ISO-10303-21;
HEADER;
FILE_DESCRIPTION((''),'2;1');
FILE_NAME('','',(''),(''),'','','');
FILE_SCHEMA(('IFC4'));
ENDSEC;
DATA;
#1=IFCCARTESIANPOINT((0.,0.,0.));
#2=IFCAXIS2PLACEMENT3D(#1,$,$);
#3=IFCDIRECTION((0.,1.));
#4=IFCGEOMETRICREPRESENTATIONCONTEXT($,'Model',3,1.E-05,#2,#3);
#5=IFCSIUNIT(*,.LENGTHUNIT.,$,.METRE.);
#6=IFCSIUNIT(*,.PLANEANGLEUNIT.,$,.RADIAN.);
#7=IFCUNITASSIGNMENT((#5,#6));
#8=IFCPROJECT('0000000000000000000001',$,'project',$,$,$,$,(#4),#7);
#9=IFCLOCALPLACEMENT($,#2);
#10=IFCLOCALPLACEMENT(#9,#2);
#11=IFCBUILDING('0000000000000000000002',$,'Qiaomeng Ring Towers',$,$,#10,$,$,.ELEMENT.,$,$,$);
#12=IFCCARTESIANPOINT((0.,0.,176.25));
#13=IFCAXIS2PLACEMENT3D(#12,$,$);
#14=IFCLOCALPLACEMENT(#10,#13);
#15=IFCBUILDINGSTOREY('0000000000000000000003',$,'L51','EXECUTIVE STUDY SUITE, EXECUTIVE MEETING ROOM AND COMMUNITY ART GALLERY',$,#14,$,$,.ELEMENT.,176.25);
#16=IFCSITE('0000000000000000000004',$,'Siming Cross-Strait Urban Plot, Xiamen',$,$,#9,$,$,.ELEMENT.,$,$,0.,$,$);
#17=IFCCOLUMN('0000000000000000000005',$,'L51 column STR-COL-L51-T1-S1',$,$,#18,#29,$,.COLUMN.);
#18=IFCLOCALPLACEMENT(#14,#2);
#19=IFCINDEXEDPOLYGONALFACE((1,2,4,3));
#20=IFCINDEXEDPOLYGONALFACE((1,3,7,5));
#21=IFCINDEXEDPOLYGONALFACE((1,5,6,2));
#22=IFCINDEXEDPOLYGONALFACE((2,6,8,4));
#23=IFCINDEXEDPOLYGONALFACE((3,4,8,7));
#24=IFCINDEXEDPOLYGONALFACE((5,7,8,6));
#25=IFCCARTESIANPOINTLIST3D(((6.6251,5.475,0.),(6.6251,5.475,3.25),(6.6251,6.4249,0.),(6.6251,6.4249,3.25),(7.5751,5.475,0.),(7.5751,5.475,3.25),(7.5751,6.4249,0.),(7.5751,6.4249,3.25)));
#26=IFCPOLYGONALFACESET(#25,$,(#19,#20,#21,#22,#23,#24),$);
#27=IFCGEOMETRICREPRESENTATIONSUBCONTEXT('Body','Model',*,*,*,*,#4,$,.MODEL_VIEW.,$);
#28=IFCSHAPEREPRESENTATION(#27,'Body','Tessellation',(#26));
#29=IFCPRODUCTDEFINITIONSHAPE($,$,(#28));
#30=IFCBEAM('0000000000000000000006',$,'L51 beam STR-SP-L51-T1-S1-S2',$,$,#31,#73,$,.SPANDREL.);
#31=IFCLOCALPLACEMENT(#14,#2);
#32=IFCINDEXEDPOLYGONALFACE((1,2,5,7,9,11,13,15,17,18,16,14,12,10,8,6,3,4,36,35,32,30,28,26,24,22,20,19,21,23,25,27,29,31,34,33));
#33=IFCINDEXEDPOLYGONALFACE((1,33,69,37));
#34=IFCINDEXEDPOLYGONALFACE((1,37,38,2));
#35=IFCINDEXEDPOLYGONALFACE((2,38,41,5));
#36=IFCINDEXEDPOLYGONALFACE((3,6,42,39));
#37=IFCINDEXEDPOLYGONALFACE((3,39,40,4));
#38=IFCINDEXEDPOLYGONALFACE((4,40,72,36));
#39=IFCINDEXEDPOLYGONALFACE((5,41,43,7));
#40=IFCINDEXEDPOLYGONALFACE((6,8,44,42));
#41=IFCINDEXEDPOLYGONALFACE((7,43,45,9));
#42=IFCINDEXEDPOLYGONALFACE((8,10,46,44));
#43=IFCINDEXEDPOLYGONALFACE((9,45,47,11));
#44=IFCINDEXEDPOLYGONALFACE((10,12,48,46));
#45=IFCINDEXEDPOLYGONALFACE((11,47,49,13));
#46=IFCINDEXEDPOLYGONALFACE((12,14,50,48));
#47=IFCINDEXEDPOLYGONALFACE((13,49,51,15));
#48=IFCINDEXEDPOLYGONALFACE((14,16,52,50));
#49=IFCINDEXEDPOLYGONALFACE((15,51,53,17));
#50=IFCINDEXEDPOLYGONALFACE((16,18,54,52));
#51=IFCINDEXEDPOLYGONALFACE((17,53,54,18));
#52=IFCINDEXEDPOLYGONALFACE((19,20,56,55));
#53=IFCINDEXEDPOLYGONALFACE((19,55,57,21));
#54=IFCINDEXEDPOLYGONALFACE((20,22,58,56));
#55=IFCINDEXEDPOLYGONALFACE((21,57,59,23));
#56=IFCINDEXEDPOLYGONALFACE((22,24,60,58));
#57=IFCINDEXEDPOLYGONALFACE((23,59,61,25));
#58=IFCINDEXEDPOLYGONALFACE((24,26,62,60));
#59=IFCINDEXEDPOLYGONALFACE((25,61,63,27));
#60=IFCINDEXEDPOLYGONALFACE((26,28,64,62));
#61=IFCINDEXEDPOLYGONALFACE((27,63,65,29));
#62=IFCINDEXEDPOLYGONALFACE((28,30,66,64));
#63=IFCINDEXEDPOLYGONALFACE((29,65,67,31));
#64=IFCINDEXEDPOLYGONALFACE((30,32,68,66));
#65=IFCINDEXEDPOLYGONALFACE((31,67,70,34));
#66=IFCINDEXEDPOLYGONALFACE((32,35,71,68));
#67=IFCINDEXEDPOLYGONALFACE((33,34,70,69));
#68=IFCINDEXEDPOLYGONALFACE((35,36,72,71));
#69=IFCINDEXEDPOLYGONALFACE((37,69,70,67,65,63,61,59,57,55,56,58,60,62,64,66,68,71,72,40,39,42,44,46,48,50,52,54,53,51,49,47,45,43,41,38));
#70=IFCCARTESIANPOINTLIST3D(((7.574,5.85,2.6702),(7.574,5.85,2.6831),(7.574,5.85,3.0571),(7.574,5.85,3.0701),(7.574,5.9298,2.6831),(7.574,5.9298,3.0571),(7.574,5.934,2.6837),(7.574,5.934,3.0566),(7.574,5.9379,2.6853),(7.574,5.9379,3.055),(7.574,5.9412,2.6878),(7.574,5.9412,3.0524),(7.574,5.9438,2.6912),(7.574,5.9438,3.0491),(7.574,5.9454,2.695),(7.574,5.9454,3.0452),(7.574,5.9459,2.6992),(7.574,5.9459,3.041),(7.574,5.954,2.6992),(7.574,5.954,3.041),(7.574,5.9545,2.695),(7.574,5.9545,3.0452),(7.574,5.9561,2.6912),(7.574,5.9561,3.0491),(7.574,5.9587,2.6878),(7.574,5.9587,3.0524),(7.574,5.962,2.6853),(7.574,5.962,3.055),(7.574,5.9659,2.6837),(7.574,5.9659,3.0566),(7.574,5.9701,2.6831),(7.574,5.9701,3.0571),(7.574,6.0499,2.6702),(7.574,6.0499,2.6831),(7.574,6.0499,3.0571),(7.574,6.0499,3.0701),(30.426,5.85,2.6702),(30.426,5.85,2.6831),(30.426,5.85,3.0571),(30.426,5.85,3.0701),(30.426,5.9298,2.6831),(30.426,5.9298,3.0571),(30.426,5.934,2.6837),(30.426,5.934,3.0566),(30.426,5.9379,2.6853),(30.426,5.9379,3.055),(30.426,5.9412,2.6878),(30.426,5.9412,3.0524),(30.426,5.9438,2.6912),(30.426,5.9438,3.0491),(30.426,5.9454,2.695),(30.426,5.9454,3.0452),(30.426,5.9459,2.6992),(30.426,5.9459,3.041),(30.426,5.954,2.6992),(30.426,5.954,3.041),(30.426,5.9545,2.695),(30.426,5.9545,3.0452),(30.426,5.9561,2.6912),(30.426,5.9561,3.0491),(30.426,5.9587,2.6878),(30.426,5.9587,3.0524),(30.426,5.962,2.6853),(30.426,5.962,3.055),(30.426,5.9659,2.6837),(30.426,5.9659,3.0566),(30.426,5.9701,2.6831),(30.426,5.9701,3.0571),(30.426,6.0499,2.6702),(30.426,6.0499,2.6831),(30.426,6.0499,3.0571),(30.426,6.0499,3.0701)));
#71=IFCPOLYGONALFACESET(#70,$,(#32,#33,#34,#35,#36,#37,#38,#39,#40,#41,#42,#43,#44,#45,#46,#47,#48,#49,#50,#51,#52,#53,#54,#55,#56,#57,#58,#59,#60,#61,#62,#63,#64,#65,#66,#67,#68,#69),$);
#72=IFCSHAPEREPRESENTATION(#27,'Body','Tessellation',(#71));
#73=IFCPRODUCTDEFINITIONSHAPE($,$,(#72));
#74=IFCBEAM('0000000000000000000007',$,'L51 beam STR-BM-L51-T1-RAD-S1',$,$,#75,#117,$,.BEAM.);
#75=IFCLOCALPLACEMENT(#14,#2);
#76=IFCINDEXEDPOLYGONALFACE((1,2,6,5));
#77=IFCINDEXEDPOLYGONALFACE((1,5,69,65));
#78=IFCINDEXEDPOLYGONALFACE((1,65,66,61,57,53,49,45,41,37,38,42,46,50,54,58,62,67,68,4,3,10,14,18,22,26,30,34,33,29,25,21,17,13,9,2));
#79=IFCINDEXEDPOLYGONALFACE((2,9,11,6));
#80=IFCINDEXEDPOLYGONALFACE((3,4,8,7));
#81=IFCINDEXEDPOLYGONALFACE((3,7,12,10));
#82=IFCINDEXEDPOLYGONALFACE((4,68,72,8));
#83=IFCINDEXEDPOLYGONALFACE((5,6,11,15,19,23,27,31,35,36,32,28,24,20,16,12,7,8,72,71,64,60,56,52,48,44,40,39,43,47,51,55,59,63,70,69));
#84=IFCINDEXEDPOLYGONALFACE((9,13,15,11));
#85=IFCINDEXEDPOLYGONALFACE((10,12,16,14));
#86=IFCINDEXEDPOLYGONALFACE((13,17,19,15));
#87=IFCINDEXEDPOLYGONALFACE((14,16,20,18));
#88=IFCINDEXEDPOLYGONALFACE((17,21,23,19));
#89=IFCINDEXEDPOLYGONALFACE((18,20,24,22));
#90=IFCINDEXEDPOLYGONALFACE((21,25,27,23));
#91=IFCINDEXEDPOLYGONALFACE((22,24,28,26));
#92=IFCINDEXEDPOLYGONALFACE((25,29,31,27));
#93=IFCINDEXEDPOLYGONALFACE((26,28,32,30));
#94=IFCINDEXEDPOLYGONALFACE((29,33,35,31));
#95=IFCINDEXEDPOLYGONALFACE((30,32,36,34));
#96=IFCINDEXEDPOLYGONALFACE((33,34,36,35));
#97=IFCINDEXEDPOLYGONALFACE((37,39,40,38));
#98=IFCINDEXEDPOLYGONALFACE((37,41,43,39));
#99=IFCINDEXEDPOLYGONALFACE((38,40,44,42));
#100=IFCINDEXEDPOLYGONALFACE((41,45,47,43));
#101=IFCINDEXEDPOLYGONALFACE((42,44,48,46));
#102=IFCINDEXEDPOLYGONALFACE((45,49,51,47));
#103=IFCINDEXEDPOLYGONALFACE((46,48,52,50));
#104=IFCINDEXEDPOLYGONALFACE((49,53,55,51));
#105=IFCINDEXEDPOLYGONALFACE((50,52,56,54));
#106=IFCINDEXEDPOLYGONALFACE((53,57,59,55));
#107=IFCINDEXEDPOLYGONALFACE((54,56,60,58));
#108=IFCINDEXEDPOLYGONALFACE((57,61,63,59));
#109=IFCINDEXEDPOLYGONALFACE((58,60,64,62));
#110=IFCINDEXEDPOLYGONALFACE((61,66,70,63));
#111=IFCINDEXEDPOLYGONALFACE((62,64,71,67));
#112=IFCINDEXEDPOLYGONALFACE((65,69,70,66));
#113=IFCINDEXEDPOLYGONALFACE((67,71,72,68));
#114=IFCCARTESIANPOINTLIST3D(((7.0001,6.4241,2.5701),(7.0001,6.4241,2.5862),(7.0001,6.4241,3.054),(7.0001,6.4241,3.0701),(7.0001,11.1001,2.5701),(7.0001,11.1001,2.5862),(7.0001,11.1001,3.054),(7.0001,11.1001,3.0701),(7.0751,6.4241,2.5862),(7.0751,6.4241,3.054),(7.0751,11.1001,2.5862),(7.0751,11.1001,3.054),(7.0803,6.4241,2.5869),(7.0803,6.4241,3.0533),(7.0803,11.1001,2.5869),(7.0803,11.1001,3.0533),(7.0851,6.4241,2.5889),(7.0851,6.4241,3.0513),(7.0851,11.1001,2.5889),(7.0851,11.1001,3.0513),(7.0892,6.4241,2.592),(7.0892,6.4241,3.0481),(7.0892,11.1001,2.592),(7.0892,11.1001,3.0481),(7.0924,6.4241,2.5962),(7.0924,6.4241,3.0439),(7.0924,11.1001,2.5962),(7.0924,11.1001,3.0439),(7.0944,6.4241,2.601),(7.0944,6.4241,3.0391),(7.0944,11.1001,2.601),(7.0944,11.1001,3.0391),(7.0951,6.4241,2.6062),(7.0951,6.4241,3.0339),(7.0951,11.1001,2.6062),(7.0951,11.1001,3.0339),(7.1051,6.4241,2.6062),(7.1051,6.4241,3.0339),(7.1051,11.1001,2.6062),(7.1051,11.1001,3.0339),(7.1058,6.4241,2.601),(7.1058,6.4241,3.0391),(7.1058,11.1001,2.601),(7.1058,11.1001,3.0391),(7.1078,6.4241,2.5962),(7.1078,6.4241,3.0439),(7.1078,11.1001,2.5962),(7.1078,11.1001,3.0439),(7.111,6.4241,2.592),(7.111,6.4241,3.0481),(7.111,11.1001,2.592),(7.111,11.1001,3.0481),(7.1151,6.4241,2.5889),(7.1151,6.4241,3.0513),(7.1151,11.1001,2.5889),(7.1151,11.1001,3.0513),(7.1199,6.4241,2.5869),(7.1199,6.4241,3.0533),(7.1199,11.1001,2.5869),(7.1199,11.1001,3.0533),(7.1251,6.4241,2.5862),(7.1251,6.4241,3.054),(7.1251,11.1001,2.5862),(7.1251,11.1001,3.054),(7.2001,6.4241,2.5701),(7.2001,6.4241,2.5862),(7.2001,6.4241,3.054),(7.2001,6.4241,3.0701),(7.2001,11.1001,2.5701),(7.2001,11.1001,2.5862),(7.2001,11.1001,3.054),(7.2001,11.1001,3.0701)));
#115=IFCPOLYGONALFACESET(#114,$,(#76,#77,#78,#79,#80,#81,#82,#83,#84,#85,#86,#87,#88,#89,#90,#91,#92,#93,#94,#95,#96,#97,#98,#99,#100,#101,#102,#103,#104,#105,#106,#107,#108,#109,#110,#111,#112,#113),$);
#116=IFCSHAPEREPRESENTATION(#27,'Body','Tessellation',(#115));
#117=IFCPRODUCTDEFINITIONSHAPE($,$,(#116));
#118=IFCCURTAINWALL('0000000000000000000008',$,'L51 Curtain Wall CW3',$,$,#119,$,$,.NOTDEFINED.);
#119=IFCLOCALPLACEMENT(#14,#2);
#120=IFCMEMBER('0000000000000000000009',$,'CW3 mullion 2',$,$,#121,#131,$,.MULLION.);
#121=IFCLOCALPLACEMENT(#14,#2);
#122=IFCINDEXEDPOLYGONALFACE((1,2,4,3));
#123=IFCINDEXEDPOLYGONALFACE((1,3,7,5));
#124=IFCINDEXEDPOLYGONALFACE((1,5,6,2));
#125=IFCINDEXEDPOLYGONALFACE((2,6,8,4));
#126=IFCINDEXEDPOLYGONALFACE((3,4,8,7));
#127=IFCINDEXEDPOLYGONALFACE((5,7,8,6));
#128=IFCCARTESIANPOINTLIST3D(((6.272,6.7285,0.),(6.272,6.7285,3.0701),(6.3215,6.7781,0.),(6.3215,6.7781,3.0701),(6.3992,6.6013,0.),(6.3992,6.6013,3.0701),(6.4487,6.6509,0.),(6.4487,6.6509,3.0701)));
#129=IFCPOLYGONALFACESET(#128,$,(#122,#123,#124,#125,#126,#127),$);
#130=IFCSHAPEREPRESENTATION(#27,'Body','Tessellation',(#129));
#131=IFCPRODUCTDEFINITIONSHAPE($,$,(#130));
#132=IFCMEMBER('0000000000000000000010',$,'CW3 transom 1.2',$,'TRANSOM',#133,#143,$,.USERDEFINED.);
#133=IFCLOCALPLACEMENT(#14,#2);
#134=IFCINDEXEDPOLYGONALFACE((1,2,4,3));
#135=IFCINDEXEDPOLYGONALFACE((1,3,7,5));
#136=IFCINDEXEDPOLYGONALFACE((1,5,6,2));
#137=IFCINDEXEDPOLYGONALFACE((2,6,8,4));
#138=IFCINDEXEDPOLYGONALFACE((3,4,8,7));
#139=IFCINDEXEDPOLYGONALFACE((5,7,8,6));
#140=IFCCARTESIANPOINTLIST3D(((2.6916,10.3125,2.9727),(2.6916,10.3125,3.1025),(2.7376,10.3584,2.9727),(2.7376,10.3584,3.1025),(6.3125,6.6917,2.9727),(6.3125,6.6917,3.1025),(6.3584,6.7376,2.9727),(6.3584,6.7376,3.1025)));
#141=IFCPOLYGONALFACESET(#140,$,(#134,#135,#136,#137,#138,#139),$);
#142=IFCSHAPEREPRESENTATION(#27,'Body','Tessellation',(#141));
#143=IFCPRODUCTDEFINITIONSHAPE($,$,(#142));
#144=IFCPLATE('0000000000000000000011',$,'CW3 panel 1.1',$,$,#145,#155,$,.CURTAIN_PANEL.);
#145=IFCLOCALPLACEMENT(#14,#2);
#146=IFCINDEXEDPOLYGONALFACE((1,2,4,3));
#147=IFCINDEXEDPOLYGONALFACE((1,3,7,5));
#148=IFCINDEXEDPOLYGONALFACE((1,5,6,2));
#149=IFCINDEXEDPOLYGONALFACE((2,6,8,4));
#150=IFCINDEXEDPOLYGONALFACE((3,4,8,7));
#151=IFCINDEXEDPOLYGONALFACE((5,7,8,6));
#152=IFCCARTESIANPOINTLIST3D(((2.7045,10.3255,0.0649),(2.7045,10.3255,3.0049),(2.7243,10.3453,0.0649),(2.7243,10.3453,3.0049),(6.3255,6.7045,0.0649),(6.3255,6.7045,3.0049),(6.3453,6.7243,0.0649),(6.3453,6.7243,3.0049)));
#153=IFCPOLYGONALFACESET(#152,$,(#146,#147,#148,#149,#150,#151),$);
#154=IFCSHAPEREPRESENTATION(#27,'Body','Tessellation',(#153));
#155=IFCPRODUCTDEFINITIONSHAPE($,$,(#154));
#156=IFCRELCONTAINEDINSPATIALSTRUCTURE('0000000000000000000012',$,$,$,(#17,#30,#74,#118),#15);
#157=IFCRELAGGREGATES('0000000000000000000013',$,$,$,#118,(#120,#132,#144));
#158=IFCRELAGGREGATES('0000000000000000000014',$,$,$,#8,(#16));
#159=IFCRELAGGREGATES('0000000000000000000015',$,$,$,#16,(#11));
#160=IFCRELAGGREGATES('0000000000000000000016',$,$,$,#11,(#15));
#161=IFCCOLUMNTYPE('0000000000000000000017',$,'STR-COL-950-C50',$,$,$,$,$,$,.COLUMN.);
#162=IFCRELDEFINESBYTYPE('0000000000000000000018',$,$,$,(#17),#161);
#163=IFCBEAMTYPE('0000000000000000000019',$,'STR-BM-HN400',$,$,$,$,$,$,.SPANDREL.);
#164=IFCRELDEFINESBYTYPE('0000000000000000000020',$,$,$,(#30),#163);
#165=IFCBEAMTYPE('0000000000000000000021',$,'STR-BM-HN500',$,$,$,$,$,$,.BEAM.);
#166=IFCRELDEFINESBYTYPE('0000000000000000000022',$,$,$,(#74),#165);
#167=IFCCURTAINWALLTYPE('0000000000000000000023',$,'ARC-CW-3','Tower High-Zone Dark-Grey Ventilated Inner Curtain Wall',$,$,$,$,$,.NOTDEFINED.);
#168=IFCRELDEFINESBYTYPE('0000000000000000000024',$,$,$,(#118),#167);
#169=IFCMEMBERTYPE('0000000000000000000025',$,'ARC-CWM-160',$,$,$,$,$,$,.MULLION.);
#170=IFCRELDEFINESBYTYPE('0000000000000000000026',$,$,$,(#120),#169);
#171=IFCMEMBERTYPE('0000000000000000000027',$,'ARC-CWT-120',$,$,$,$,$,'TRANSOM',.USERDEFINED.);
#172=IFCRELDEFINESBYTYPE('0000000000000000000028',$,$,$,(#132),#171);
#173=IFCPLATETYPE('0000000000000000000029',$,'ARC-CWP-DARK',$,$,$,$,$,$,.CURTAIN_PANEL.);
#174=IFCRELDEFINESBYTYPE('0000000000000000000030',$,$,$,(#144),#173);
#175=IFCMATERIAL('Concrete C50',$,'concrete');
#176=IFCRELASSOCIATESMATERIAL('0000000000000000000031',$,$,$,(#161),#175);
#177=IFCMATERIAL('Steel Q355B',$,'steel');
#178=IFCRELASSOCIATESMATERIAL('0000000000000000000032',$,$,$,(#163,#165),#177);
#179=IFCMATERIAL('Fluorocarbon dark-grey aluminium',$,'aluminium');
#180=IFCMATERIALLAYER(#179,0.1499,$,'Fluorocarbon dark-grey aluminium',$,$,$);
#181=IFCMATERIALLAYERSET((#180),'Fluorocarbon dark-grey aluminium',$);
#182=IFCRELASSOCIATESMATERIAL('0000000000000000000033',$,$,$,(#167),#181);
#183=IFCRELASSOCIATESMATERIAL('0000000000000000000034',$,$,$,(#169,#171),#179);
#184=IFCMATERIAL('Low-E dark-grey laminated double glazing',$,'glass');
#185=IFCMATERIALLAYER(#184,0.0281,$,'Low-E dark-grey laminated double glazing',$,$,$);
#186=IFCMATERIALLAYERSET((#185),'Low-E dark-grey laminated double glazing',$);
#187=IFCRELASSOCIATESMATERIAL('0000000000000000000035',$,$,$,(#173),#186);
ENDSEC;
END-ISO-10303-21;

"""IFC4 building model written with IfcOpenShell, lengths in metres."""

from ifc_helpers import new_model, si_unit, direction, frame, origin, origin_2d, place, context, subcontext, project, spatial, rectangle, i_section, extrude, source, transform, mapped, material, layer, layer_set, material_profile, profile_set, type_object, element, aggregate, save


model = new_model("IFC4")

# Units and contexts
model_context = context("Model", 3, precision=1e-05, world=origin(), true_north=direction((0.0, 1.0)))
body_context = subcontext(model_context, "Body", "Model", "MODEL_VIEW")
ifc_project = project(units=[si_unit("LENGTHUNIT", "METRE"), si_unit("PLANEANGLEUNIT", "RADIAN")], contexts=[model_context])

# Site, building, storey
site_placement = place(None, origin())
site = spatial("IfcSite", under=ifc_project, at=site_placement, Name="Siming Cross-Strait Urban Plot, Xiamen", CompositionType="ELEMENT", RefElevation=0.0)
building_placement = place(site_placement, origin())
building = spatial("IfcBuilding", under=site, at=building_placement, Name="Qiaomeng Ring Towers", CompositionType="ELEMENT")
storey_placement = place(building_placement, frame((0.0, 0.0, 176.25)))
storey = spatial("IfcBuildingStorey", under=building, at=storey_placement, Name="L51", Description="EXECUTIVE STUDY SUITE, EXECUTIVE MEETING ROOM AND COMMUNITY ART GALLERY", CompositionType="ELEMENT", Elevation=176.25)

# Column
ifc_material_1 = material(Name="Concrete C50", Category="concrete")
ifc_material_profile_1 = material_profile(ifc_material_1, rectangle(XDim=0.95, YDim=0.95, at=origin_2d()), Name="RC COL 950x950")
ifc_profile_set_1 = profile_set([ifc_material_profile_1], Name="Concrete C50")
column_type = type_object("IfcColumnType", Name="STR-COL-950-C50", PredefinedType="COLUMN", material=ifc_profile_set_1)
shared_shape_1 = source(origin(), body_context, "Body", "SweptSolid", [
    extrude(rectangle(XDim=0.95, YDim=0.95, at=origin_2d()), origin(), (0.0, 0.0, 1.0), 3.25),
])
column_placement = place(storey_placement, frame((7.1001, 5.95, 0.0), z_axis=(0.0, 0.0, 1.0), x_axis=(1.0, 0.0, 0.0)))
element("IfcColumn", 1, at=column_placement, inside=storey, type_object=column_type, Name="L51 column STR-COL-L51-T1-S1", PredefinedType="COLUMN", context=body_context, shape_type="MappedRepresentation", body=[
    mapped(shared_shape_1, transform((0.0, 0.0, 0.0), x_axis=(1.0, 0.0, 0.0), y_axis=(0.0, 1.0, 0.0), z_axis=(0.0, 0.0, 1.0), scale=1.0)),
])

# Beams
ifc_material_2 = material(Name="Steel Q355B", Category="steel")
ifc_material_profile_2 = material_profile(ifc_material_2, i_section(OverallWidth=0.2, OverallDepth=0.3999, WebThickness=0.0081, FlangeThickness=0.0129, FilletRadius=0.0161, at=origin_2d()), Name="HN 400x200x8x13")
ifc_profile_set_2 = profile_set([ifc_material_profile_2], Name="Steel Q355B")
beam_type_1 = type_object("IfcBeamType", Name="STR-BM-HN400", PredefinedType="SPANDREL", material=ifc_profile_set_2)
shared_shape_2 = source(origin(), body_context, "Body", "SweptSolid", [
    extrude(i_section(OverallWidth=0.2, OverallDepth=0.3999, WebThickness=0.0081, FlangeThickness=0.0129, FilletRadius=0.0161, at=origin_2d()), origin(), (0.0, 0.0, 1.0), 22.8521),
])
beam_1_placement = place(storey_placement, frame((7.574, 5.95, 2.8701), z_axis=(1.0, 0.0, 0.0), x_axis=(0.0, 1.0, 0.0)))
element("IfcBeam", 2, at=beam_1_placement, inside=storey, type_object=beam_type_1, Name="L51 beam STR-SP-L51-T1-S1-S2", PredefinedType="SPANDREL", context=body_context, shape_type="MappedRepresentation", body=[
    mapped(shared_shape_2, transform((0.0, 0.0, 0.0), x_axis=(1.0, 0.0, 0.0), y_axis=(0.0, 1.0, 0.0), z_axis=(0.0, 0.0, 1.0), scale=1.0)),
])
ifc_material_profile_3 = material_profile(ifc_material_2, i_section(OverallWidth=0.2, OverallDepth=0.5, WebThickness=0.01, FlangeThickness=0.0161, FilletRadius=0.02, at=origin_2d()), Name="HN 500x200x10x16")
ifc_profile_set_3 = profile_set([ifc_material_profile_3], Name="Steel Q355B")
beam_type_2 = type_object("IfcBeamType", Name="STR-BM-HN500", PredefinedType="BEAM", material=ifc_profile_set_3)
shared_shape_3 = source(origin(), body_context, "Body", "SweptSolid", [
    extrude(i_section(OverallWidth=0.2, OverallDepth=0.5, WebThickness=0.01, FlangeThickness=0.0161, FilletRadius=0.02, at=origin_2d()), origin(), (0.0, 0.0, 1.0), 4.676),
])
beam_2_placement = place(storey_placement, frame((7.1001, 6.4241, 2.8201), z_axis=(0.0, 1.0, 0.0), x_axis=(-1.0, 0.0, 0.0)))
element("IfcBeam", 3, at=beam_2_placement, inside=storey, type_object=beam_type_2, Name="L51 beam STR-BM-L51-T1-RAD-S1", PredefinedType="BEAM", context=body_context, shape_type="MappedRepresentation", body=[
    mapped(shared_shape_3, transform((0.0, 0.0, 0.0), x_axis=(1.0, 0.0, 0.0), y_axis=(0.0, 1.0, 0.0), z_axis=(0.0, 0.0, 1.0), scale=1.0)),
])

# Curtain wall, members, plate
ifc_material_3 = material(Name="Fluorocarbon dark-grey aluminium", Category="aluminium")
ifc_layer_1 = layer(ifc_material_3, 0.1499, Name="Fluorocarbon dark-grey aluminium")
ifc_layer_set_1 = layer_set([ifc_layer_1], Name="Fluorocarbon dark-grey aluminium")
curtain_wall_type = type_object("IfcCurtainWallType", Name="ARC-CW-3", Description="Tower High-Zone Dark-Grey Ventilated Inner Curtain Wall", PredefinedType="NOTDEFINED", material=ifc_layer_set_1)
curtain_wall_placement = place(storey_placement, origin())
curtain_wall = element("IfcCurtainWall", 4, at=curtain_wall_placement, inside=storey, type_object=curtain_wall_type, Name="L51 Curtain Wall CW3", PredefinedType="NOTDEFINED")
ifc_material_profile_4 = material_profile(ifc_material_3, rectangle(XDim=0.0701, YDim=0.1799, at=origin_2d()), Name="ALU MULL 70x180")
ifc_profile_set_4 = profile_set([ifc_material_profile_4], Name="Fluorocarbon dark-grey aluminium")
member_type_1 = type_object("IfcMemberType", Name="ARC-CWM-160", PredefinedType="MULLION", material=ifc_profile_set_4)
shared_shape_4 = source(origin(), body_context, "Body", "SweptSolid", [
    extrude(rectangle(XDim=0.0701, YDim=0.1799, at=origin_2d()), origin(), (0.0, 0.0, 1.0), 3.0701),
])
member_1_placement = place(storey_placement, frame((6.3604, 6.6897, 0.0), z_axis=(0.0, 0.0, 1.0), x_axis=(0.707107, 0.707107, 0.0)))
member_1 = element("IfcMember", 5, at=member_1_placement, type_object=member_type_1, Name="CW3 mullion 2", PredefinedType="MULLION", context=body_context, shape_type="MappedRepresentation", body=[
    mapped(shared_shape_4, transform((0.0, 0.0, 0.0), x_axis=(1.0, 0.0, 0.0), y_axis=(0.0, 1.0, 0.0), z_axis=(0.0, 0.0, 1.0), scale=1.0)),
])
ifc_material_profile_5 = material_profile(ifc_material_3, rectangle(XDim=0.0649, YDim=0.1299, at=origin_2d()), Name="ALU TRAN 65x130")
ifc_profile_set_5 = profile_set([ifc_material_profile_5], Name="Fluorocarbon dark-grey aluminium")
member_type_2 = type_object("IfcMemberType", Name="ARC-CWT-120", ElementType="TRANSOM", PredefinedType="USERDEFINED", material=ifc_profile_set_5)
shared_shape_5 = source(origin(), body_context, "Body", "SweptSolid", [
    extrude(rectangle(XDim=0.0649, YDim=0.1299, at=origin_2d()), origin(), (0.0, 0.0, 1.0), 5.1206),
])
member_2_placement = place(storey_placement, frame((2.7146, 10.3354, 3.0376), z_axis=(0.707107, -0.707107, 0.0), x_axis=(0.707107, 0.707107, 0.0)))
member_2 = element("IfcMember", 6, at=member_2_placement, type_object=member_type_2, Name="CW3 transom 1.2", ObjectType="TRANSOM", PredefinedType="USERDEFINED", context=body_context, shape_type="MappedRepresentation", body=[
    mapped(shared_shape_5, transform((0.0, 0.0, 0.0), x_axis=(1.0, 0.0, 0.0), y_axis=(0.0, 1.0, 0.0), z_axis=(0.0, 0.0, 1.0), scale=1.0)),
])
ifc_material_4 = material(Name="Low-E dark-grey laminated double glazing", Category="glass")
ifc_layer_2 = layer(ifc_material_4, 0.0281, Name="Low-E dark-grey laminated double glazing")
ifc_layer_set_2 = layer_set([ifc_layer_2], Name="Low-E dark-grey laminated double glazing")
plate_type = type_object("IfcPlateType", Name="ARC-CWP-DARK", PredefinedType="CURTAIN_PANEL", material=ifc_layer_set_2)
shared_shape_6 = source(origin(), body_context, "Body", "SweptSolid", [
    extrude(rectangle(XDim=5.1208, YDim=0.0281, at=origin_2d()), origin(), (0.0, 0.0, 1.0), 2.9399),
])
plate_placement = place(storey_placement, frame((4.5249, 8.5249, 0.0649), z_axis=(0.0, 0.0, 1.0), x_axis=(0.707107, -0.707107, 0.0)))
plate = element("IfcPlate", 7, at=plate_placement, type_object=plate_type, Name="CW3 panel 1.1", PredefinedType="CURTAIN_PANEL", context=body_context, shape_type="MappedRepresentation", body=[
    mapped(shared_shape_6, transform((0.0, 0.0, 0.0), x_axis=(1.0, 0.0, 0.0), y_axis=(0.0, 1.0, 0.0), z_axis=(0.0, 0.0, 1.0), scale=1.0)),
])
aggregate(curtain_wall, [member_1, member_2, plate])

save(model, "model.ifc")
